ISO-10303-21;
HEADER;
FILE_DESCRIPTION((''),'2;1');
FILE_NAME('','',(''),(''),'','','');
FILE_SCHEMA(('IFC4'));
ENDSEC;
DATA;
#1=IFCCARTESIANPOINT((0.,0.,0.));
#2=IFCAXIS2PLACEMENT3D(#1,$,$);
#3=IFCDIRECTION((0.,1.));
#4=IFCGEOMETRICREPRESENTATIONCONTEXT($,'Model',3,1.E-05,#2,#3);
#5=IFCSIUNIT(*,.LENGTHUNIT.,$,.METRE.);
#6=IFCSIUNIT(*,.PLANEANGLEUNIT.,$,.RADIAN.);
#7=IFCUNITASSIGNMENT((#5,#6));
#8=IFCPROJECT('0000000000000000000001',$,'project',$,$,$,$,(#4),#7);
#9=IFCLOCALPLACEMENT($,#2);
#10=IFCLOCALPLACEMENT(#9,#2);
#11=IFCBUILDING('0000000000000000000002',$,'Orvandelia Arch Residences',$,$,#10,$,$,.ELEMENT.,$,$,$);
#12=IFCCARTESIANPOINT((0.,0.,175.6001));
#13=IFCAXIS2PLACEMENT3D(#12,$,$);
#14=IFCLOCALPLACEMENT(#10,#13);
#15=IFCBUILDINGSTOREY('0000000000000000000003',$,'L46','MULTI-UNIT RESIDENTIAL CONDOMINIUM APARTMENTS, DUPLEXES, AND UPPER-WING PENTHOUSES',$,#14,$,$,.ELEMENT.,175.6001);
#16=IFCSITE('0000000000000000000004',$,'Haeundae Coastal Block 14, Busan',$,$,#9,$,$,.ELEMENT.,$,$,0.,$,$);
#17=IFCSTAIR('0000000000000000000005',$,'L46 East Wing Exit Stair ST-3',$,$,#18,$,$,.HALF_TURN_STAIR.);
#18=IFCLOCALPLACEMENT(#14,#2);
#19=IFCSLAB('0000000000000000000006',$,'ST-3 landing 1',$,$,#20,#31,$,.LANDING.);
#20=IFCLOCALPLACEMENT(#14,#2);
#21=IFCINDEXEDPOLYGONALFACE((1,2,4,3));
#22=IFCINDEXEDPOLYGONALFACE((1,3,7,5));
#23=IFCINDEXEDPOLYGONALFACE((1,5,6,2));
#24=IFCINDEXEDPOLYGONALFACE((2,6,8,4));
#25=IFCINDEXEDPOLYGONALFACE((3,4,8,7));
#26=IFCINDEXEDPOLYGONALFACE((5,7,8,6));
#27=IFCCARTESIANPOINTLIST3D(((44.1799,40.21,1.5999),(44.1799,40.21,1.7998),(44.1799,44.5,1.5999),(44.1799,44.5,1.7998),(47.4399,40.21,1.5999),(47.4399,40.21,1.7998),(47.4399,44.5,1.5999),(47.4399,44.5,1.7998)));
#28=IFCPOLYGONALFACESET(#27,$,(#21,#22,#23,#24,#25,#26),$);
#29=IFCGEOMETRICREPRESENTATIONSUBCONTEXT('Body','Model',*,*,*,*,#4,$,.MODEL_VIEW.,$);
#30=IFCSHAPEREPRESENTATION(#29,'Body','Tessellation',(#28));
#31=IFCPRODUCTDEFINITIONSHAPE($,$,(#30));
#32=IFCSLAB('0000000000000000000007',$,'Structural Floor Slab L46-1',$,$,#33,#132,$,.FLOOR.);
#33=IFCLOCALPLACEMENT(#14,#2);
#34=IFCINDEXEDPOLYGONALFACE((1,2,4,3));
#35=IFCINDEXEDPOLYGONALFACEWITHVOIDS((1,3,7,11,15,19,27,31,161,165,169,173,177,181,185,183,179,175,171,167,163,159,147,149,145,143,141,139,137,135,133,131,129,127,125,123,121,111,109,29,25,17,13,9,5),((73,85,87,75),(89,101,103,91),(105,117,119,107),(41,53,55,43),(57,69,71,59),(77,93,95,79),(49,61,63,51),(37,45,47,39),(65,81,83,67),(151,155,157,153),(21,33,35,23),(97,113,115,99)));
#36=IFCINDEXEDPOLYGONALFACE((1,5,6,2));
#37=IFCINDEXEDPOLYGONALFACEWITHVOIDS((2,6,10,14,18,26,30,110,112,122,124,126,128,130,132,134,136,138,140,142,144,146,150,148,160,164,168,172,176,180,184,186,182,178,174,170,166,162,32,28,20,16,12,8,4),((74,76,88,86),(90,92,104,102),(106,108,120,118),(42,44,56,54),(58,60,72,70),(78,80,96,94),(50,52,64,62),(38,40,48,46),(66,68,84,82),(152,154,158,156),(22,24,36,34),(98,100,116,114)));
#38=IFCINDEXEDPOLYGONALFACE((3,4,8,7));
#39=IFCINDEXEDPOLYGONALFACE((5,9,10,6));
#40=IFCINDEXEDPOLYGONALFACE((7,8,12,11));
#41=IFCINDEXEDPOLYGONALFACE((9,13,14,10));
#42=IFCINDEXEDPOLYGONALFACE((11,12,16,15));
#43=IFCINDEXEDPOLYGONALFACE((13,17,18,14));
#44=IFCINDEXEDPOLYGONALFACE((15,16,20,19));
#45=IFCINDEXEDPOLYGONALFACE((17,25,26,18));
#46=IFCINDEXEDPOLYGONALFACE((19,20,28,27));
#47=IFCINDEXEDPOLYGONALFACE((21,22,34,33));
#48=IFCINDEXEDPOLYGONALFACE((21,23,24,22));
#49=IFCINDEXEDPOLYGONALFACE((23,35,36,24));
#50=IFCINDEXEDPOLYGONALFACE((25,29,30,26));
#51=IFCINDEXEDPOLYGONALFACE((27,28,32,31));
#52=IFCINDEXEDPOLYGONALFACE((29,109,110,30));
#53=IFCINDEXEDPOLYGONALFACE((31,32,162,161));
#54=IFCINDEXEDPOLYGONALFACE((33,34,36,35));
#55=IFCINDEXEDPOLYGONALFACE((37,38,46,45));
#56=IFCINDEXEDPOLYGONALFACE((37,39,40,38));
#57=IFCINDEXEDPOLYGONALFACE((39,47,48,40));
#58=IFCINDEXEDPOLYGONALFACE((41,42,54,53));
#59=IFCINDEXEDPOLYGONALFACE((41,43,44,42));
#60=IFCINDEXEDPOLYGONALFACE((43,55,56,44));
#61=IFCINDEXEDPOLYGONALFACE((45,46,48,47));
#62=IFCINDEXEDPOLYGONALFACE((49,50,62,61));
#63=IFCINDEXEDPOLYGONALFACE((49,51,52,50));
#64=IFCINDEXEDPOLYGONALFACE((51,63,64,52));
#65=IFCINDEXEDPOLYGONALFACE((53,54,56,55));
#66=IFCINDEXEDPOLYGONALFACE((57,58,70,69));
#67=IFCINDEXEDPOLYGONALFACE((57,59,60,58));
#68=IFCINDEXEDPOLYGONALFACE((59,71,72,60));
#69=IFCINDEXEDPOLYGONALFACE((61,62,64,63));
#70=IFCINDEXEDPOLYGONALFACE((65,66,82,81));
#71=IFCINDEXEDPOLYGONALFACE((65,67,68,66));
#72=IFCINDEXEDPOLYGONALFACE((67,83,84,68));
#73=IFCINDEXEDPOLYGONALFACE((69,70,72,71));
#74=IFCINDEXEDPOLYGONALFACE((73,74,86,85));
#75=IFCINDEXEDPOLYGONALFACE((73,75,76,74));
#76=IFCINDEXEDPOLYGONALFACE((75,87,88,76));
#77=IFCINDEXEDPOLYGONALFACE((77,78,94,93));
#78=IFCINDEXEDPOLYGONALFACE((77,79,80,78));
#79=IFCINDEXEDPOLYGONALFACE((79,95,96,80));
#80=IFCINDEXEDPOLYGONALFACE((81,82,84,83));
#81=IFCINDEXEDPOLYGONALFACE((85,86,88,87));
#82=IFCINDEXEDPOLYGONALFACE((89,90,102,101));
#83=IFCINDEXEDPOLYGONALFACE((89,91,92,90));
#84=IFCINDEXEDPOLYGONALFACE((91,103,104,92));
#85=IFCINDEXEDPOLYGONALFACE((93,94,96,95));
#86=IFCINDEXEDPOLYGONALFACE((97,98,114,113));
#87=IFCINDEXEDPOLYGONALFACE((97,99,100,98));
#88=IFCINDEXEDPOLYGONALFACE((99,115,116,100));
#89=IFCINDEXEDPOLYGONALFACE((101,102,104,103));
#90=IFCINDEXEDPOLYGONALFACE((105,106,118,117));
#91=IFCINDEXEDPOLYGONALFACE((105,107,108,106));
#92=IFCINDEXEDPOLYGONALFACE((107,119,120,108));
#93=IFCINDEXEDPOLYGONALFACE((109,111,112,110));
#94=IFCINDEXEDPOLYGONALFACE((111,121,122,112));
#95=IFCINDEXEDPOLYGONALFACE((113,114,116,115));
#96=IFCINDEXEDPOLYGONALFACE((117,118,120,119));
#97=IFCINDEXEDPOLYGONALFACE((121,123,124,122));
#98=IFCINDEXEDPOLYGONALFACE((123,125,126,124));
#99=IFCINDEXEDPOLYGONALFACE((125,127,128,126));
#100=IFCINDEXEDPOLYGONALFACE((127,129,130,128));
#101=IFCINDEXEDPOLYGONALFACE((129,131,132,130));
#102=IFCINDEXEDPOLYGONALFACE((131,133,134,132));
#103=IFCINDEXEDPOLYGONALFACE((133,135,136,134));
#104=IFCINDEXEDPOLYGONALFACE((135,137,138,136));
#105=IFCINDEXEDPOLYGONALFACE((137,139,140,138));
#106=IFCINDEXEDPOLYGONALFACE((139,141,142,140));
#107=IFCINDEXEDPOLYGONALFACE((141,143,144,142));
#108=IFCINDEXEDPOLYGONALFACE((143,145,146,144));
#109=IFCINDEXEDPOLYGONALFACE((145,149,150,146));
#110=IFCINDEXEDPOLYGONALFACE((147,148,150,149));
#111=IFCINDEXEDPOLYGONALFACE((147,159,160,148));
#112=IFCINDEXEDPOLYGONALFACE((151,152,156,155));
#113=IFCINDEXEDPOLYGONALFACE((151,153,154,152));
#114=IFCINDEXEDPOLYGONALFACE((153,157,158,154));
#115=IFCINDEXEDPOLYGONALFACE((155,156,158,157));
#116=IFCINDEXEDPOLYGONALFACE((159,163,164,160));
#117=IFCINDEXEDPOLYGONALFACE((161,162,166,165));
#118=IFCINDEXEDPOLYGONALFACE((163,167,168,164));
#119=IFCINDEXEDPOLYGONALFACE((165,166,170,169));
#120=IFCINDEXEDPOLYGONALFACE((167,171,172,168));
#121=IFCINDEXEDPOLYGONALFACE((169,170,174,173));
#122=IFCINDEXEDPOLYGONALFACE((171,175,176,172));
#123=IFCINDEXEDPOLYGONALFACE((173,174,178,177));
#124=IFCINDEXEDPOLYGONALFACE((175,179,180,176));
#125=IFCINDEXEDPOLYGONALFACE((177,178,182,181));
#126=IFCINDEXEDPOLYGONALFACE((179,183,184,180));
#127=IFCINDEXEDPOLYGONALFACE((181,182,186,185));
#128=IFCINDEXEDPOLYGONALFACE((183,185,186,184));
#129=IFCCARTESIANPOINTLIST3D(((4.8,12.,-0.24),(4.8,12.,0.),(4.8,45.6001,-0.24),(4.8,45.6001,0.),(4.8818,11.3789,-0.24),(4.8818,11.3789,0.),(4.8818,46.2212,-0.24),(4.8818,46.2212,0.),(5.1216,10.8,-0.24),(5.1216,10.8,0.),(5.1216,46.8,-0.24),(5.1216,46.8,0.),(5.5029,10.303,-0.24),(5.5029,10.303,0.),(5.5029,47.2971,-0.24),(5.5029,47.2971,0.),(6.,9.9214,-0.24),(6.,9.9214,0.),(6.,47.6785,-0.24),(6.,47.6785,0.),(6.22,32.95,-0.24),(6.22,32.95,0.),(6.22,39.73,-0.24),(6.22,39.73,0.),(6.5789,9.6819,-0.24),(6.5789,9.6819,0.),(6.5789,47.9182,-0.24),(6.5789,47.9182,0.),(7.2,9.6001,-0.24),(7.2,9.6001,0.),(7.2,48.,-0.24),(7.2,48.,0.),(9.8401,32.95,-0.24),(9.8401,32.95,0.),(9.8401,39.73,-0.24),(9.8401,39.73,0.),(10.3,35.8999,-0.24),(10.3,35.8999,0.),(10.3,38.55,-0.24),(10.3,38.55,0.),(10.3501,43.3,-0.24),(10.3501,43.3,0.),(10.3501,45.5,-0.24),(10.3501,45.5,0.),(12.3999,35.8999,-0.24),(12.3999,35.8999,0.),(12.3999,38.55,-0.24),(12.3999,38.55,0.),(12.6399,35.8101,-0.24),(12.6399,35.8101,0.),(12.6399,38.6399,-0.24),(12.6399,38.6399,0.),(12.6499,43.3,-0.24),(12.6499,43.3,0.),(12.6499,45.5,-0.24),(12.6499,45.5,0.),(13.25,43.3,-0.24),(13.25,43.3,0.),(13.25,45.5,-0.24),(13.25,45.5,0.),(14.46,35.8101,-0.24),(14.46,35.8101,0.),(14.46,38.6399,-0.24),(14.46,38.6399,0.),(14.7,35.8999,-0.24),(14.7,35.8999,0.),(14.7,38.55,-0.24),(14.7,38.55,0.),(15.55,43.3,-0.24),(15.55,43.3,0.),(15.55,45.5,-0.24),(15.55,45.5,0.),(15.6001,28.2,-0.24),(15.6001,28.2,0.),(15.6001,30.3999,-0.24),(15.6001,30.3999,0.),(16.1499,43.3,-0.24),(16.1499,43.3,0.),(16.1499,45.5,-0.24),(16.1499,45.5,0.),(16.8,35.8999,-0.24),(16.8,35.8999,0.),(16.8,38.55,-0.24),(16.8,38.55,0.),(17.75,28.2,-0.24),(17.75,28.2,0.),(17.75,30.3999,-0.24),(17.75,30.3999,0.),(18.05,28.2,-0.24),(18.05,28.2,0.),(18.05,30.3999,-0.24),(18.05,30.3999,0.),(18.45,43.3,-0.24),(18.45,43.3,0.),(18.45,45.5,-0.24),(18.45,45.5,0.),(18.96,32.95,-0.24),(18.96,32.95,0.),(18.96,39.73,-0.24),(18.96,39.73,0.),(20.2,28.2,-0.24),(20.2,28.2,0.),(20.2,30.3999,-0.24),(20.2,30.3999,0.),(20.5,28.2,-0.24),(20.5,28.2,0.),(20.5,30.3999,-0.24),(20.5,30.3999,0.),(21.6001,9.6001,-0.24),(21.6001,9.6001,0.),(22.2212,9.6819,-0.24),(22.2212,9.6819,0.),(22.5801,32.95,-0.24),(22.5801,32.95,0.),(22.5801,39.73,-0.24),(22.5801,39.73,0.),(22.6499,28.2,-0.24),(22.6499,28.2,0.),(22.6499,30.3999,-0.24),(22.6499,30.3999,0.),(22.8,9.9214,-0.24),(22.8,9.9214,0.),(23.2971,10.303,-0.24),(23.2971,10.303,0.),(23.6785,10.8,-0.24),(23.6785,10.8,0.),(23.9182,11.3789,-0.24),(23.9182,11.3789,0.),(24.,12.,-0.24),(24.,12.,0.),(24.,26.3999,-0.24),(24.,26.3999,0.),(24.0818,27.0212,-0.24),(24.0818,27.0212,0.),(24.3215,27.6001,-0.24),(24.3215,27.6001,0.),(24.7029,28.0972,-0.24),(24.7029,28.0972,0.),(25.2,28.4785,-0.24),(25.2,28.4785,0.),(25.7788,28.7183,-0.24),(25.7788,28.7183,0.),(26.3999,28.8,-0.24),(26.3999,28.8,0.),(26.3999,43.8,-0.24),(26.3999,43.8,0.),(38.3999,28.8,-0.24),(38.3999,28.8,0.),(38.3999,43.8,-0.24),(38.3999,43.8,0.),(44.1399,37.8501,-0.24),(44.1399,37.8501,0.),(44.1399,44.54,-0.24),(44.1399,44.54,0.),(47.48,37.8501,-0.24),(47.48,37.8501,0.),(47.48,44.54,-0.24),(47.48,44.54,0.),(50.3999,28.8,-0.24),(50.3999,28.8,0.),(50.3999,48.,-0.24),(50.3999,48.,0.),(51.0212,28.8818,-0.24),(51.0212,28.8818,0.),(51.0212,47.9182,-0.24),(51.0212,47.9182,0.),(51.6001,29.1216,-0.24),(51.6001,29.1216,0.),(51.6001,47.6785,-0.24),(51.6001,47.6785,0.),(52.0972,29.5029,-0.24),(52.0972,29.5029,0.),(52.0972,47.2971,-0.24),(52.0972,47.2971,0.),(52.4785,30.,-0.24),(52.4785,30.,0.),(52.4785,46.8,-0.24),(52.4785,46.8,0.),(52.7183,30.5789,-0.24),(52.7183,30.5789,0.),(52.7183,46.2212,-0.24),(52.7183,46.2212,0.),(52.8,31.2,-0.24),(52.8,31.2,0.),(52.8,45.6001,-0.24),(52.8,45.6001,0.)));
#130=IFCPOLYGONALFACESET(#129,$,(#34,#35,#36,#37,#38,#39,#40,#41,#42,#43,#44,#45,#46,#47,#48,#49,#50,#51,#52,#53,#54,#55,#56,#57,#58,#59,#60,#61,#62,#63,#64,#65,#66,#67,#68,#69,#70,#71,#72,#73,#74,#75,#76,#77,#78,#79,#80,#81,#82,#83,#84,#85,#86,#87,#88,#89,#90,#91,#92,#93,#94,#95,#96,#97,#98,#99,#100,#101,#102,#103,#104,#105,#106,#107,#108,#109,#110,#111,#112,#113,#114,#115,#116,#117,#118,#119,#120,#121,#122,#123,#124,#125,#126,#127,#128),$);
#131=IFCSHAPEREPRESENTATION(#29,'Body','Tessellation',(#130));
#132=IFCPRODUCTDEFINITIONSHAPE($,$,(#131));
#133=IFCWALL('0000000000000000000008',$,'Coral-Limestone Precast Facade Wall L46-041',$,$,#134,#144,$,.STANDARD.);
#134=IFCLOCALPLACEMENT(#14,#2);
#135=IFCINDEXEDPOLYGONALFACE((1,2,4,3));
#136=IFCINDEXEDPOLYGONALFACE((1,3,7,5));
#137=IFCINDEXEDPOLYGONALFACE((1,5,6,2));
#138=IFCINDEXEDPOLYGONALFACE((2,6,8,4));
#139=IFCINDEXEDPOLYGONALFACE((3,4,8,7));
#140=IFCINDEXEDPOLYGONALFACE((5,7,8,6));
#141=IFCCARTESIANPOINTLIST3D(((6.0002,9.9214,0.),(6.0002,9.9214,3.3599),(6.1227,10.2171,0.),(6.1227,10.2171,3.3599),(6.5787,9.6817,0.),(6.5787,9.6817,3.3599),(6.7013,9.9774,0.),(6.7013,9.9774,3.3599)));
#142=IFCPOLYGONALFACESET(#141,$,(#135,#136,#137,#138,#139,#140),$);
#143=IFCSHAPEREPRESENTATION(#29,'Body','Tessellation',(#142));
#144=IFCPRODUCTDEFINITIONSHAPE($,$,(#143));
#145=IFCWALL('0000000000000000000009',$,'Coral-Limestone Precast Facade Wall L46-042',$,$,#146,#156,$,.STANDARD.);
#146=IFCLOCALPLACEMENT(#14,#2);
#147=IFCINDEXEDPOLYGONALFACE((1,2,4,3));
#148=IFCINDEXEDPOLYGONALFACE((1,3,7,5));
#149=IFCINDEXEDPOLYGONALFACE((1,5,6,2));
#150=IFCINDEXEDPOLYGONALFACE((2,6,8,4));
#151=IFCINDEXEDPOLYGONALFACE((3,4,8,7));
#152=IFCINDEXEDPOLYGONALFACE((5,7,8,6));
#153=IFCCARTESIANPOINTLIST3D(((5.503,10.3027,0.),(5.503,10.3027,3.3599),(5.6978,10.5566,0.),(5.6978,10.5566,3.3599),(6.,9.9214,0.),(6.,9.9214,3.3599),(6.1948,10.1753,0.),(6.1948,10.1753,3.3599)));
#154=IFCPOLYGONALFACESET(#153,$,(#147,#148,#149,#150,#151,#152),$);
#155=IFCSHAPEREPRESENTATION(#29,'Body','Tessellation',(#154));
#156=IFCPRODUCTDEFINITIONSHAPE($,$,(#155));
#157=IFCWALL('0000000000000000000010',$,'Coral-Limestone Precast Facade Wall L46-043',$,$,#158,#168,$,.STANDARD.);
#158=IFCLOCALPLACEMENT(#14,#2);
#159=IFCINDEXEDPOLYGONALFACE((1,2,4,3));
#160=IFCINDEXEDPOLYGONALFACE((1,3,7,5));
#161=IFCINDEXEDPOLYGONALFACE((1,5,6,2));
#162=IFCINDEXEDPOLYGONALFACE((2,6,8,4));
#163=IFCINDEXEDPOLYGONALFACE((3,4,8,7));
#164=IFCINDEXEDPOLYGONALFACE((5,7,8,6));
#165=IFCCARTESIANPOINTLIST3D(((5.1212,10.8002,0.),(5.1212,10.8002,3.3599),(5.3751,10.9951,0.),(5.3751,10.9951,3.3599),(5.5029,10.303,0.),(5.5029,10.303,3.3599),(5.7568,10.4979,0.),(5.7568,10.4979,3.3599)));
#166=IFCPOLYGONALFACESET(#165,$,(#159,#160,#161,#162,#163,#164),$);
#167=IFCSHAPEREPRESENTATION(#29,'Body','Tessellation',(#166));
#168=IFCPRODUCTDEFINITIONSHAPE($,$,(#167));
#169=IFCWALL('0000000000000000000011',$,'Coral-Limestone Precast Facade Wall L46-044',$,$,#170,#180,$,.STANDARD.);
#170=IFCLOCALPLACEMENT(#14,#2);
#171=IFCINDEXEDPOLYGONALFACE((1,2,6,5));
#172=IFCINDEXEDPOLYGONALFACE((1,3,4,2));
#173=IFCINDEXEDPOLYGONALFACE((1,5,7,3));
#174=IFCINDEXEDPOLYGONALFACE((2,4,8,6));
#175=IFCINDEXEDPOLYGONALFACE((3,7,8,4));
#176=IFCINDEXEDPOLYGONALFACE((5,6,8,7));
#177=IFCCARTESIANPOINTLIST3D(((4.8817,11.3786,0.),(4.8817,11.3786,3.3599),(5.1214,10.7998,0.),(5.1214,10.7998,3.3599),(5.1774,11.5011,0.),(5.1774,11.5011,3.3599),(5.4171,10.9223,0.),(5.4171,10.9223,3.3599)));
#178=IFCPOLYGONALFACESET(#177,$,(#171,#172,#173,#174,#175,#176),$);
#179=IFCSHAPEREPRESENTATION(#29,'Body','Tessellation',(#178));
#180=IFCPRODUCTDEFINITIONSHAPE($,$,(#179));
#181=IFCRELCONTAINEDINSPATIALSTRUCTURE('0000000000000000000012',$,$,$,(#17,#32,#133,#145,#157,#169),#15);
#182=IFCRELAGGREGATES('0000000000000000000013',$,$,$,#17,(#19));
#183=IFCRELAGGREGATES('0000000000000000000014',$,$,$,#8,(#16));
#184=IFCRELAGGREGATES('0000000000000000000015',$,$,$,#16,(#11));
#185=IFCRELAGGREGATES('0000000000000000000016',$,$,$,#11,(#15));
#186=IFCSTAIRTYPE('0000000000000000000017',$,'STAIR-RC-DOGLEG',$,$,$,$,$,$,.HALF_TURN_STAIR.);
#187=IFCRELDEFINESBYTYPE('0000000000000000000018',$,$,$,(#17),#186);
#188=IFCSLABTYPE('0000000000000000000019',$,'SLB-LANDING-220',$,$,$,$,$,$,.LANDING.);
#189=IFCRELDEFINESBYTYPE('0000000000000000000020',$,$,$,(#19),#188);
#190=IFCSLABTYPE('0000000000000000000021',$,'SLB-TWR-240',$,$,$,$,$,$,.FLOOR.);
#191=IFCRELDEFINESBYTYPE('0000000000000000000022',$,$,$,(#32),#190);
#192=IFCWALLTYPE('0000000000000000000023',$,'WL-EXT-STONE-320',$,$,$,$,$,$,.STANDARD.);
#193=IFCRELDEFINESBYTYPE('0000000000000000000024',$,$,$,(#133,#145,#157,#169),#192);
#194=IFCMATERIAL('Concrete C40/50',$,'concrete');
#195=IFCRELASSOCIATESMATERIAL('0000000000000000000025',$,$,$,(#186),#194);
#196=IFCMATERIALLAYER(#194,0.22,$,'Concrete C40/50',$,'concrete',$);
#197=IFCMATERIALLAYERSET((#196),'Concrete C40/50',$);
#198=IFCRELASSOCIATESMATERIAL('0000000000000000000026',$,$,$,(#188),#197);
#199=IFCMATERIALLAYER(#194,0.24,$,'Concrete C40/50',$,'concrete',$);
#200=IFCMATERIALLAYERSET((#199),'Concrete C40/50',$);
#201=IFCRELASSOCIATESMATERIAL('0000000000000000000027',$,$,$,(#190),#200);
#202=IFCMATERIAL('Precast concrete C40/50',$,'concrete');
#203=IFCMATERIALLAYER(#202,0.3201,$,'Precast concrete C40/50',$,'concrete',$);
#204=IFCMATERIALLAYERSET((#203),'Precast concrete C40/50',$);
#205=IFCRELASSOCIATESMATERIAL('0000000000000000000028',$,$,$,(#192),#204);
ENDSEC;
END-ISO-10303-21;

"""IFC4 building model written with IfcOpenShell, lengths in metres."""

from ifc_helpers import new_model, si_unit, direction, frame, frame_2d, origin, place, context, subcontext, project, spatial, polyline, rectangle, outline, extrude, material, layer, layer_set, type_object, element, aggregate, save


model = new_model("IFC4")

# Units and contexts
model_context = context("Model", 3, precision=1e-05, world=origin(), true_north=direction((0.0, 1.0)))
body_context = subcontext(model_context, "Body", "Model", "MODEL_VIEW")
ifc_project = project(units=[si_unit("LENGTHUNIT", "METRE"), si_unit("PLANEANGLEUNIT", "RADIAN")], contexts=[model_context])

# Site, building, storey
site_placement = place(None, origin())
site = spatial("IfcSite", under=ifc_project, at=site_placement, Name="Haeundae Coastal Block 14, Busan", CompositionType="ELEMENT", RefElevation=0.0)
building_placement = place(site_placement, origin())
building = spatial("IfcBuilding", under=site, at=building_placement, Name="Orvandelia Arch Residences", CompositionType="ELEMENT")
storey_placement = place(building_placement, frame((0.0, 0.0, 175.6001)))
storey = spatial("IfcBuildingStorey", under=building, at=storey_placement, Name="L46", Description="MULTI-UNIT RESIDENTIAL CONDOMINIUM APARTMENTS, DUPLEXES, AND UPPER-WING PENTHOUSES", CompositionType="ELEMENT", Elevation=175.6001)

# Shared definitions
ifc_material_1 = material(Name="Precast concrete C40/50", Category="concrete")

# Stair, slab
ifc_material_2 = material(Name="Concrete C40/50", Category="concrete")
stair_type = type_object("IfcStairType", Name="STAIR-RC-DOGLEG", PredefinedType="HALF_TURN_STAIR", material=ifc_material_2)
ifc_layer_1 = layer(ifc_material_2, 0.22, Name="Concrete C40/50", Category="concrete")
ifc_layer_set_1 = layer_set([ifc_layer_1], Name="Concrete C40/50")
slab_type_1 = type_object("IfcSlabType", Name="SLB-LANDING-220", PredefinedType="LANDING", material=ifc_layer_set_1)
stair_1_placement = place(storey_placement, origin())
stair_1 = element("IfcStair", 1, at=stair_1_placement, inside=storey, type_object=stair_type, Name="L46 East Wing Exit Stair ST-3", PredefinedType="HALF_TURN_STAIR")
slab_1_placement = place(storey_placement, frame((0.0, 0.0, 1.5999)))
slab_1 = element("IfcSlab", 2, at=slab_1_placement, type_object=slab_type_1, Name="ST-3 landing 1", PredefinedType="LANDING", context=body_context, shape_type="SweptSolid", body=[
    extrude(outline(polyline([(47.4399, 40.21), (47.4399, 44.5), (44.1799, 44.5), (44.1799, 40.21), (47.4399, 40.21)])), origin(), (0.0, 0.0, 1.0), 0.2),
])
aggregate(stair_1, [slab_1])

# Slab
ifc_layer_2 = layer(ifc_material_2, 0.24, Name="Concrete C40/50", Category="concrete")
ifc_layer_set_2 = layer_set([ifc_layer_2], Name="Concrete C40/50")
slab_type_2 = type_object("IfcSlabType", Name="SLB-TWR-240", PredefinedType="FLOOR", material=ifc_layer_set_2)
slab_2_placement = place(storey_placement, frame((0.0, 0.0, -0.24)))
element("IfcSlab", 3, at=slab_2_placement, inside=storey, type_object=slab_type_2, Name="Structural Floor Slab L46-1", PredefinedType="FLOOR", context=body_context, shape_type="SweptSolid", body=[
    extrude(outline(polyline([(4.8, 12.0), (4.8818, 11.3789), (5.1216, 10.8), (5.5029, 10.303), (6.0, 9.9214), (6.5789, 9.6819), (7.2, 9.6001), (21.6001, 9.6001), (22.2212, 9.6819), (22.8, 9.9214), (23.2971, 10.303), (23.6785, 10.8), (23.9182, 11.3789), (24.0, 12.0), (24.0, 26.3999), (24.0818, 27.0212), (24.3215, 27.6001), (24.7029, 28.0972), (25.2, 28.4785), (25.7788, 28.7183), (26.3999, 28.8), (26.3999, 43.8), (38.3999, 43.8), (38.3999, 28.8), (50.3999, 28.8), (51.0212, 28.8818), (51.6001, 29.1216), (52.0972, 29.5029), (52.4785, 30.0), (52.7183, 30.5789), (52.8, 31.2), (52.8, 45.6001), (52.7183, 46.2212), (52.4785, 46.8), (52.0972, 47.2971), (51.6001, 47.6785), (51.0212, 47.9182), (50.3999, 48.0), (7.2, 48.0), (6.5789, 47.9182), (6.0, 47.6785), (5.5029, 47.2971), (5.1216, 46.8), (4.8818, 46.2212), (4.8, 45.6001), (4.8, 12.0)]), holes=[polyline([(6.22, 32.95), (9.8401, 32.95), (9.8401, 39.73), (6.22, 39.73), (6.22, 32.95)]), polyline([(18.96, 32.95), (22.5801, 32.95), (22.5801, 39.73), (18.96, 39.73), (18.96, 32.95)]), polyline([(44.1399, 37.8501), (47.48, 37.8501), (47.48, 44.54), (44.1399, 44.54), (44.1399, 37.8501)]), polyline([(12.6399, 35.8101), (14.46, 35.8101), (14.46, 38.6399), (12.6399, 38.6399), (12.6399, 35.8101)]), polyline([(10.3, 35.8999), (12.3999, 35.8999), (12.3999, 38.55), (10.3, 38.55), (10.3, 35.8999)]), polyline([(14.7, 35.8999), (16.8, 35.8999), (16.8, 38.55), (14.7, 38.55), (14.7, 35.8999)]), polyline([(10.3501, 43.3), (12.6499, 43.3), (12.6499, 45.5), (10.3501, 45.5), (10.3501, 43.3)]), polyline([(13.25, 43.3), (15.55, 43.3), (15.55, 45.5), (13.25, 45.5), (13.25, 43.3)]), polyline([(16.1499, 43.3), (18.45, 43.3), (18.45, 45.5), (16.1499, 45.5), (16.1499, 43.3)]), polyline([(15.6001, 28.2), (17.75, 28.2), (17.75, 30.3999), (15.6001, 30.3999), (15.6001, 28.2)]), polyline([(18.05, 28.2), (20.2, 28.2), (20.2, 30.3999), (18.05, 30.3999), (18.05, 28.2)]), polyline([(20.5, 28.2), (22.6499, 28.2), (22.6499, 30.3999), (20.5, 30.3999), (20.5, 28.2)])]), origin(), (0.0, 0.0, 1.0), 0.24),
])

# Walls
ifc_layer_3 = layer(ifc_material_1, 0.3201, Name="Precast concrete C40/50", Category="concrete")
ifc_layer_set_3 = layer_set([ifc_layer_3], Name="Precast concrete C40/50")
wall_type_1 = type_object("IfcWallType", Name="WL-EXT-STONE-320", PredefinedType="STANDARD", material=ifc_layer_set_3)
wall_1_placement = place(storey_placement, frame((6.6399, 9.8296, 0.0), z_axis=(0.0, 0.0, 1.0), x_axis=(-0.923836, 0.382788, 0.0)))
element("IfcWall", 4, at=wall_1_placement, inside=storey, type_object=wall_type_1, Name="Coral-Limestone Precast Facade Wall L46-041", PredefinedType="STANDARD", context=body_context, shape_type="SweptSolid", body=[
    extrude(rectangle(XDim=0.6262, YDim=0.3201, at=frame_2d((0.313, 0.0))), origin(), (0.0, 0.0, 1.0), 3.3599),
])
wall_2_placement = place(storey_placement, frame((6.0974, 10.0483, 0.0), z_axis=(0.0, 0.0, 1.0), x_axis=(-0.793406, 0.608693, 0.0)))
element("IfcWall", 5, at=wall_2_placement, inside=storey, type_object=wall_type_1, Name="Coral-Limestone Precast Facade Wall L46-042", PredefinedType="STANDARD", context=body_context, shape_type="SweptSolid", body=[
    extrude(rectangle(XDim=0.6265, YDim=0.3201, at=frame_2d((0.3132, 0.0))), origin(), (0.0, 0.0, 1.0), 3.3599),
])
wall_3_placement = place(storey_placement, frame((5.6299, 10.4004, 0.0), z_axis=(0.0, 0.0, 1.0), x_axis=(-0.608939, 0.793217, 0.0)))
element("IfcWall", 6, at=wall_3_placement, inside=storey, type_object=wall_type_1, Name="Coral-Limestone Precast Facade Wall L46-043", PredefinedType="STANDARD", context=body_context, shape_type="SweptSolid", body=[
    extrude(rectangle(XDim=0.6267, YDim=0.3201, at=frame_2d((0.3135, 0.0))), origin(), (0.0, 0.0, 1.0), 3.3599),
])
wall_4_placement = place(storey_placement, frame((5.2693, 10.8611, 0.0), z_axis=(0.0, 0.0, 1.0), x_axis=(-0.38265, 0.923893, 0.0)))
element("IfcWall", 7, at=wall_4_placement, inside=storey, type_object=wall_type_1, Name="Coral-Limestone Precast Facade Wall L46-044", PredefinedType="STANDARD", context=body_context, shape_type="SweptSolid", body=[
    extrude(rectangle(XDim=0.6265, YDim=0.3201, at=frame_2d((0.3132, 0.0))), origin(), (0.0, 0.0, 1.0), 3.3599),
])

save(model, "model.ifc")
